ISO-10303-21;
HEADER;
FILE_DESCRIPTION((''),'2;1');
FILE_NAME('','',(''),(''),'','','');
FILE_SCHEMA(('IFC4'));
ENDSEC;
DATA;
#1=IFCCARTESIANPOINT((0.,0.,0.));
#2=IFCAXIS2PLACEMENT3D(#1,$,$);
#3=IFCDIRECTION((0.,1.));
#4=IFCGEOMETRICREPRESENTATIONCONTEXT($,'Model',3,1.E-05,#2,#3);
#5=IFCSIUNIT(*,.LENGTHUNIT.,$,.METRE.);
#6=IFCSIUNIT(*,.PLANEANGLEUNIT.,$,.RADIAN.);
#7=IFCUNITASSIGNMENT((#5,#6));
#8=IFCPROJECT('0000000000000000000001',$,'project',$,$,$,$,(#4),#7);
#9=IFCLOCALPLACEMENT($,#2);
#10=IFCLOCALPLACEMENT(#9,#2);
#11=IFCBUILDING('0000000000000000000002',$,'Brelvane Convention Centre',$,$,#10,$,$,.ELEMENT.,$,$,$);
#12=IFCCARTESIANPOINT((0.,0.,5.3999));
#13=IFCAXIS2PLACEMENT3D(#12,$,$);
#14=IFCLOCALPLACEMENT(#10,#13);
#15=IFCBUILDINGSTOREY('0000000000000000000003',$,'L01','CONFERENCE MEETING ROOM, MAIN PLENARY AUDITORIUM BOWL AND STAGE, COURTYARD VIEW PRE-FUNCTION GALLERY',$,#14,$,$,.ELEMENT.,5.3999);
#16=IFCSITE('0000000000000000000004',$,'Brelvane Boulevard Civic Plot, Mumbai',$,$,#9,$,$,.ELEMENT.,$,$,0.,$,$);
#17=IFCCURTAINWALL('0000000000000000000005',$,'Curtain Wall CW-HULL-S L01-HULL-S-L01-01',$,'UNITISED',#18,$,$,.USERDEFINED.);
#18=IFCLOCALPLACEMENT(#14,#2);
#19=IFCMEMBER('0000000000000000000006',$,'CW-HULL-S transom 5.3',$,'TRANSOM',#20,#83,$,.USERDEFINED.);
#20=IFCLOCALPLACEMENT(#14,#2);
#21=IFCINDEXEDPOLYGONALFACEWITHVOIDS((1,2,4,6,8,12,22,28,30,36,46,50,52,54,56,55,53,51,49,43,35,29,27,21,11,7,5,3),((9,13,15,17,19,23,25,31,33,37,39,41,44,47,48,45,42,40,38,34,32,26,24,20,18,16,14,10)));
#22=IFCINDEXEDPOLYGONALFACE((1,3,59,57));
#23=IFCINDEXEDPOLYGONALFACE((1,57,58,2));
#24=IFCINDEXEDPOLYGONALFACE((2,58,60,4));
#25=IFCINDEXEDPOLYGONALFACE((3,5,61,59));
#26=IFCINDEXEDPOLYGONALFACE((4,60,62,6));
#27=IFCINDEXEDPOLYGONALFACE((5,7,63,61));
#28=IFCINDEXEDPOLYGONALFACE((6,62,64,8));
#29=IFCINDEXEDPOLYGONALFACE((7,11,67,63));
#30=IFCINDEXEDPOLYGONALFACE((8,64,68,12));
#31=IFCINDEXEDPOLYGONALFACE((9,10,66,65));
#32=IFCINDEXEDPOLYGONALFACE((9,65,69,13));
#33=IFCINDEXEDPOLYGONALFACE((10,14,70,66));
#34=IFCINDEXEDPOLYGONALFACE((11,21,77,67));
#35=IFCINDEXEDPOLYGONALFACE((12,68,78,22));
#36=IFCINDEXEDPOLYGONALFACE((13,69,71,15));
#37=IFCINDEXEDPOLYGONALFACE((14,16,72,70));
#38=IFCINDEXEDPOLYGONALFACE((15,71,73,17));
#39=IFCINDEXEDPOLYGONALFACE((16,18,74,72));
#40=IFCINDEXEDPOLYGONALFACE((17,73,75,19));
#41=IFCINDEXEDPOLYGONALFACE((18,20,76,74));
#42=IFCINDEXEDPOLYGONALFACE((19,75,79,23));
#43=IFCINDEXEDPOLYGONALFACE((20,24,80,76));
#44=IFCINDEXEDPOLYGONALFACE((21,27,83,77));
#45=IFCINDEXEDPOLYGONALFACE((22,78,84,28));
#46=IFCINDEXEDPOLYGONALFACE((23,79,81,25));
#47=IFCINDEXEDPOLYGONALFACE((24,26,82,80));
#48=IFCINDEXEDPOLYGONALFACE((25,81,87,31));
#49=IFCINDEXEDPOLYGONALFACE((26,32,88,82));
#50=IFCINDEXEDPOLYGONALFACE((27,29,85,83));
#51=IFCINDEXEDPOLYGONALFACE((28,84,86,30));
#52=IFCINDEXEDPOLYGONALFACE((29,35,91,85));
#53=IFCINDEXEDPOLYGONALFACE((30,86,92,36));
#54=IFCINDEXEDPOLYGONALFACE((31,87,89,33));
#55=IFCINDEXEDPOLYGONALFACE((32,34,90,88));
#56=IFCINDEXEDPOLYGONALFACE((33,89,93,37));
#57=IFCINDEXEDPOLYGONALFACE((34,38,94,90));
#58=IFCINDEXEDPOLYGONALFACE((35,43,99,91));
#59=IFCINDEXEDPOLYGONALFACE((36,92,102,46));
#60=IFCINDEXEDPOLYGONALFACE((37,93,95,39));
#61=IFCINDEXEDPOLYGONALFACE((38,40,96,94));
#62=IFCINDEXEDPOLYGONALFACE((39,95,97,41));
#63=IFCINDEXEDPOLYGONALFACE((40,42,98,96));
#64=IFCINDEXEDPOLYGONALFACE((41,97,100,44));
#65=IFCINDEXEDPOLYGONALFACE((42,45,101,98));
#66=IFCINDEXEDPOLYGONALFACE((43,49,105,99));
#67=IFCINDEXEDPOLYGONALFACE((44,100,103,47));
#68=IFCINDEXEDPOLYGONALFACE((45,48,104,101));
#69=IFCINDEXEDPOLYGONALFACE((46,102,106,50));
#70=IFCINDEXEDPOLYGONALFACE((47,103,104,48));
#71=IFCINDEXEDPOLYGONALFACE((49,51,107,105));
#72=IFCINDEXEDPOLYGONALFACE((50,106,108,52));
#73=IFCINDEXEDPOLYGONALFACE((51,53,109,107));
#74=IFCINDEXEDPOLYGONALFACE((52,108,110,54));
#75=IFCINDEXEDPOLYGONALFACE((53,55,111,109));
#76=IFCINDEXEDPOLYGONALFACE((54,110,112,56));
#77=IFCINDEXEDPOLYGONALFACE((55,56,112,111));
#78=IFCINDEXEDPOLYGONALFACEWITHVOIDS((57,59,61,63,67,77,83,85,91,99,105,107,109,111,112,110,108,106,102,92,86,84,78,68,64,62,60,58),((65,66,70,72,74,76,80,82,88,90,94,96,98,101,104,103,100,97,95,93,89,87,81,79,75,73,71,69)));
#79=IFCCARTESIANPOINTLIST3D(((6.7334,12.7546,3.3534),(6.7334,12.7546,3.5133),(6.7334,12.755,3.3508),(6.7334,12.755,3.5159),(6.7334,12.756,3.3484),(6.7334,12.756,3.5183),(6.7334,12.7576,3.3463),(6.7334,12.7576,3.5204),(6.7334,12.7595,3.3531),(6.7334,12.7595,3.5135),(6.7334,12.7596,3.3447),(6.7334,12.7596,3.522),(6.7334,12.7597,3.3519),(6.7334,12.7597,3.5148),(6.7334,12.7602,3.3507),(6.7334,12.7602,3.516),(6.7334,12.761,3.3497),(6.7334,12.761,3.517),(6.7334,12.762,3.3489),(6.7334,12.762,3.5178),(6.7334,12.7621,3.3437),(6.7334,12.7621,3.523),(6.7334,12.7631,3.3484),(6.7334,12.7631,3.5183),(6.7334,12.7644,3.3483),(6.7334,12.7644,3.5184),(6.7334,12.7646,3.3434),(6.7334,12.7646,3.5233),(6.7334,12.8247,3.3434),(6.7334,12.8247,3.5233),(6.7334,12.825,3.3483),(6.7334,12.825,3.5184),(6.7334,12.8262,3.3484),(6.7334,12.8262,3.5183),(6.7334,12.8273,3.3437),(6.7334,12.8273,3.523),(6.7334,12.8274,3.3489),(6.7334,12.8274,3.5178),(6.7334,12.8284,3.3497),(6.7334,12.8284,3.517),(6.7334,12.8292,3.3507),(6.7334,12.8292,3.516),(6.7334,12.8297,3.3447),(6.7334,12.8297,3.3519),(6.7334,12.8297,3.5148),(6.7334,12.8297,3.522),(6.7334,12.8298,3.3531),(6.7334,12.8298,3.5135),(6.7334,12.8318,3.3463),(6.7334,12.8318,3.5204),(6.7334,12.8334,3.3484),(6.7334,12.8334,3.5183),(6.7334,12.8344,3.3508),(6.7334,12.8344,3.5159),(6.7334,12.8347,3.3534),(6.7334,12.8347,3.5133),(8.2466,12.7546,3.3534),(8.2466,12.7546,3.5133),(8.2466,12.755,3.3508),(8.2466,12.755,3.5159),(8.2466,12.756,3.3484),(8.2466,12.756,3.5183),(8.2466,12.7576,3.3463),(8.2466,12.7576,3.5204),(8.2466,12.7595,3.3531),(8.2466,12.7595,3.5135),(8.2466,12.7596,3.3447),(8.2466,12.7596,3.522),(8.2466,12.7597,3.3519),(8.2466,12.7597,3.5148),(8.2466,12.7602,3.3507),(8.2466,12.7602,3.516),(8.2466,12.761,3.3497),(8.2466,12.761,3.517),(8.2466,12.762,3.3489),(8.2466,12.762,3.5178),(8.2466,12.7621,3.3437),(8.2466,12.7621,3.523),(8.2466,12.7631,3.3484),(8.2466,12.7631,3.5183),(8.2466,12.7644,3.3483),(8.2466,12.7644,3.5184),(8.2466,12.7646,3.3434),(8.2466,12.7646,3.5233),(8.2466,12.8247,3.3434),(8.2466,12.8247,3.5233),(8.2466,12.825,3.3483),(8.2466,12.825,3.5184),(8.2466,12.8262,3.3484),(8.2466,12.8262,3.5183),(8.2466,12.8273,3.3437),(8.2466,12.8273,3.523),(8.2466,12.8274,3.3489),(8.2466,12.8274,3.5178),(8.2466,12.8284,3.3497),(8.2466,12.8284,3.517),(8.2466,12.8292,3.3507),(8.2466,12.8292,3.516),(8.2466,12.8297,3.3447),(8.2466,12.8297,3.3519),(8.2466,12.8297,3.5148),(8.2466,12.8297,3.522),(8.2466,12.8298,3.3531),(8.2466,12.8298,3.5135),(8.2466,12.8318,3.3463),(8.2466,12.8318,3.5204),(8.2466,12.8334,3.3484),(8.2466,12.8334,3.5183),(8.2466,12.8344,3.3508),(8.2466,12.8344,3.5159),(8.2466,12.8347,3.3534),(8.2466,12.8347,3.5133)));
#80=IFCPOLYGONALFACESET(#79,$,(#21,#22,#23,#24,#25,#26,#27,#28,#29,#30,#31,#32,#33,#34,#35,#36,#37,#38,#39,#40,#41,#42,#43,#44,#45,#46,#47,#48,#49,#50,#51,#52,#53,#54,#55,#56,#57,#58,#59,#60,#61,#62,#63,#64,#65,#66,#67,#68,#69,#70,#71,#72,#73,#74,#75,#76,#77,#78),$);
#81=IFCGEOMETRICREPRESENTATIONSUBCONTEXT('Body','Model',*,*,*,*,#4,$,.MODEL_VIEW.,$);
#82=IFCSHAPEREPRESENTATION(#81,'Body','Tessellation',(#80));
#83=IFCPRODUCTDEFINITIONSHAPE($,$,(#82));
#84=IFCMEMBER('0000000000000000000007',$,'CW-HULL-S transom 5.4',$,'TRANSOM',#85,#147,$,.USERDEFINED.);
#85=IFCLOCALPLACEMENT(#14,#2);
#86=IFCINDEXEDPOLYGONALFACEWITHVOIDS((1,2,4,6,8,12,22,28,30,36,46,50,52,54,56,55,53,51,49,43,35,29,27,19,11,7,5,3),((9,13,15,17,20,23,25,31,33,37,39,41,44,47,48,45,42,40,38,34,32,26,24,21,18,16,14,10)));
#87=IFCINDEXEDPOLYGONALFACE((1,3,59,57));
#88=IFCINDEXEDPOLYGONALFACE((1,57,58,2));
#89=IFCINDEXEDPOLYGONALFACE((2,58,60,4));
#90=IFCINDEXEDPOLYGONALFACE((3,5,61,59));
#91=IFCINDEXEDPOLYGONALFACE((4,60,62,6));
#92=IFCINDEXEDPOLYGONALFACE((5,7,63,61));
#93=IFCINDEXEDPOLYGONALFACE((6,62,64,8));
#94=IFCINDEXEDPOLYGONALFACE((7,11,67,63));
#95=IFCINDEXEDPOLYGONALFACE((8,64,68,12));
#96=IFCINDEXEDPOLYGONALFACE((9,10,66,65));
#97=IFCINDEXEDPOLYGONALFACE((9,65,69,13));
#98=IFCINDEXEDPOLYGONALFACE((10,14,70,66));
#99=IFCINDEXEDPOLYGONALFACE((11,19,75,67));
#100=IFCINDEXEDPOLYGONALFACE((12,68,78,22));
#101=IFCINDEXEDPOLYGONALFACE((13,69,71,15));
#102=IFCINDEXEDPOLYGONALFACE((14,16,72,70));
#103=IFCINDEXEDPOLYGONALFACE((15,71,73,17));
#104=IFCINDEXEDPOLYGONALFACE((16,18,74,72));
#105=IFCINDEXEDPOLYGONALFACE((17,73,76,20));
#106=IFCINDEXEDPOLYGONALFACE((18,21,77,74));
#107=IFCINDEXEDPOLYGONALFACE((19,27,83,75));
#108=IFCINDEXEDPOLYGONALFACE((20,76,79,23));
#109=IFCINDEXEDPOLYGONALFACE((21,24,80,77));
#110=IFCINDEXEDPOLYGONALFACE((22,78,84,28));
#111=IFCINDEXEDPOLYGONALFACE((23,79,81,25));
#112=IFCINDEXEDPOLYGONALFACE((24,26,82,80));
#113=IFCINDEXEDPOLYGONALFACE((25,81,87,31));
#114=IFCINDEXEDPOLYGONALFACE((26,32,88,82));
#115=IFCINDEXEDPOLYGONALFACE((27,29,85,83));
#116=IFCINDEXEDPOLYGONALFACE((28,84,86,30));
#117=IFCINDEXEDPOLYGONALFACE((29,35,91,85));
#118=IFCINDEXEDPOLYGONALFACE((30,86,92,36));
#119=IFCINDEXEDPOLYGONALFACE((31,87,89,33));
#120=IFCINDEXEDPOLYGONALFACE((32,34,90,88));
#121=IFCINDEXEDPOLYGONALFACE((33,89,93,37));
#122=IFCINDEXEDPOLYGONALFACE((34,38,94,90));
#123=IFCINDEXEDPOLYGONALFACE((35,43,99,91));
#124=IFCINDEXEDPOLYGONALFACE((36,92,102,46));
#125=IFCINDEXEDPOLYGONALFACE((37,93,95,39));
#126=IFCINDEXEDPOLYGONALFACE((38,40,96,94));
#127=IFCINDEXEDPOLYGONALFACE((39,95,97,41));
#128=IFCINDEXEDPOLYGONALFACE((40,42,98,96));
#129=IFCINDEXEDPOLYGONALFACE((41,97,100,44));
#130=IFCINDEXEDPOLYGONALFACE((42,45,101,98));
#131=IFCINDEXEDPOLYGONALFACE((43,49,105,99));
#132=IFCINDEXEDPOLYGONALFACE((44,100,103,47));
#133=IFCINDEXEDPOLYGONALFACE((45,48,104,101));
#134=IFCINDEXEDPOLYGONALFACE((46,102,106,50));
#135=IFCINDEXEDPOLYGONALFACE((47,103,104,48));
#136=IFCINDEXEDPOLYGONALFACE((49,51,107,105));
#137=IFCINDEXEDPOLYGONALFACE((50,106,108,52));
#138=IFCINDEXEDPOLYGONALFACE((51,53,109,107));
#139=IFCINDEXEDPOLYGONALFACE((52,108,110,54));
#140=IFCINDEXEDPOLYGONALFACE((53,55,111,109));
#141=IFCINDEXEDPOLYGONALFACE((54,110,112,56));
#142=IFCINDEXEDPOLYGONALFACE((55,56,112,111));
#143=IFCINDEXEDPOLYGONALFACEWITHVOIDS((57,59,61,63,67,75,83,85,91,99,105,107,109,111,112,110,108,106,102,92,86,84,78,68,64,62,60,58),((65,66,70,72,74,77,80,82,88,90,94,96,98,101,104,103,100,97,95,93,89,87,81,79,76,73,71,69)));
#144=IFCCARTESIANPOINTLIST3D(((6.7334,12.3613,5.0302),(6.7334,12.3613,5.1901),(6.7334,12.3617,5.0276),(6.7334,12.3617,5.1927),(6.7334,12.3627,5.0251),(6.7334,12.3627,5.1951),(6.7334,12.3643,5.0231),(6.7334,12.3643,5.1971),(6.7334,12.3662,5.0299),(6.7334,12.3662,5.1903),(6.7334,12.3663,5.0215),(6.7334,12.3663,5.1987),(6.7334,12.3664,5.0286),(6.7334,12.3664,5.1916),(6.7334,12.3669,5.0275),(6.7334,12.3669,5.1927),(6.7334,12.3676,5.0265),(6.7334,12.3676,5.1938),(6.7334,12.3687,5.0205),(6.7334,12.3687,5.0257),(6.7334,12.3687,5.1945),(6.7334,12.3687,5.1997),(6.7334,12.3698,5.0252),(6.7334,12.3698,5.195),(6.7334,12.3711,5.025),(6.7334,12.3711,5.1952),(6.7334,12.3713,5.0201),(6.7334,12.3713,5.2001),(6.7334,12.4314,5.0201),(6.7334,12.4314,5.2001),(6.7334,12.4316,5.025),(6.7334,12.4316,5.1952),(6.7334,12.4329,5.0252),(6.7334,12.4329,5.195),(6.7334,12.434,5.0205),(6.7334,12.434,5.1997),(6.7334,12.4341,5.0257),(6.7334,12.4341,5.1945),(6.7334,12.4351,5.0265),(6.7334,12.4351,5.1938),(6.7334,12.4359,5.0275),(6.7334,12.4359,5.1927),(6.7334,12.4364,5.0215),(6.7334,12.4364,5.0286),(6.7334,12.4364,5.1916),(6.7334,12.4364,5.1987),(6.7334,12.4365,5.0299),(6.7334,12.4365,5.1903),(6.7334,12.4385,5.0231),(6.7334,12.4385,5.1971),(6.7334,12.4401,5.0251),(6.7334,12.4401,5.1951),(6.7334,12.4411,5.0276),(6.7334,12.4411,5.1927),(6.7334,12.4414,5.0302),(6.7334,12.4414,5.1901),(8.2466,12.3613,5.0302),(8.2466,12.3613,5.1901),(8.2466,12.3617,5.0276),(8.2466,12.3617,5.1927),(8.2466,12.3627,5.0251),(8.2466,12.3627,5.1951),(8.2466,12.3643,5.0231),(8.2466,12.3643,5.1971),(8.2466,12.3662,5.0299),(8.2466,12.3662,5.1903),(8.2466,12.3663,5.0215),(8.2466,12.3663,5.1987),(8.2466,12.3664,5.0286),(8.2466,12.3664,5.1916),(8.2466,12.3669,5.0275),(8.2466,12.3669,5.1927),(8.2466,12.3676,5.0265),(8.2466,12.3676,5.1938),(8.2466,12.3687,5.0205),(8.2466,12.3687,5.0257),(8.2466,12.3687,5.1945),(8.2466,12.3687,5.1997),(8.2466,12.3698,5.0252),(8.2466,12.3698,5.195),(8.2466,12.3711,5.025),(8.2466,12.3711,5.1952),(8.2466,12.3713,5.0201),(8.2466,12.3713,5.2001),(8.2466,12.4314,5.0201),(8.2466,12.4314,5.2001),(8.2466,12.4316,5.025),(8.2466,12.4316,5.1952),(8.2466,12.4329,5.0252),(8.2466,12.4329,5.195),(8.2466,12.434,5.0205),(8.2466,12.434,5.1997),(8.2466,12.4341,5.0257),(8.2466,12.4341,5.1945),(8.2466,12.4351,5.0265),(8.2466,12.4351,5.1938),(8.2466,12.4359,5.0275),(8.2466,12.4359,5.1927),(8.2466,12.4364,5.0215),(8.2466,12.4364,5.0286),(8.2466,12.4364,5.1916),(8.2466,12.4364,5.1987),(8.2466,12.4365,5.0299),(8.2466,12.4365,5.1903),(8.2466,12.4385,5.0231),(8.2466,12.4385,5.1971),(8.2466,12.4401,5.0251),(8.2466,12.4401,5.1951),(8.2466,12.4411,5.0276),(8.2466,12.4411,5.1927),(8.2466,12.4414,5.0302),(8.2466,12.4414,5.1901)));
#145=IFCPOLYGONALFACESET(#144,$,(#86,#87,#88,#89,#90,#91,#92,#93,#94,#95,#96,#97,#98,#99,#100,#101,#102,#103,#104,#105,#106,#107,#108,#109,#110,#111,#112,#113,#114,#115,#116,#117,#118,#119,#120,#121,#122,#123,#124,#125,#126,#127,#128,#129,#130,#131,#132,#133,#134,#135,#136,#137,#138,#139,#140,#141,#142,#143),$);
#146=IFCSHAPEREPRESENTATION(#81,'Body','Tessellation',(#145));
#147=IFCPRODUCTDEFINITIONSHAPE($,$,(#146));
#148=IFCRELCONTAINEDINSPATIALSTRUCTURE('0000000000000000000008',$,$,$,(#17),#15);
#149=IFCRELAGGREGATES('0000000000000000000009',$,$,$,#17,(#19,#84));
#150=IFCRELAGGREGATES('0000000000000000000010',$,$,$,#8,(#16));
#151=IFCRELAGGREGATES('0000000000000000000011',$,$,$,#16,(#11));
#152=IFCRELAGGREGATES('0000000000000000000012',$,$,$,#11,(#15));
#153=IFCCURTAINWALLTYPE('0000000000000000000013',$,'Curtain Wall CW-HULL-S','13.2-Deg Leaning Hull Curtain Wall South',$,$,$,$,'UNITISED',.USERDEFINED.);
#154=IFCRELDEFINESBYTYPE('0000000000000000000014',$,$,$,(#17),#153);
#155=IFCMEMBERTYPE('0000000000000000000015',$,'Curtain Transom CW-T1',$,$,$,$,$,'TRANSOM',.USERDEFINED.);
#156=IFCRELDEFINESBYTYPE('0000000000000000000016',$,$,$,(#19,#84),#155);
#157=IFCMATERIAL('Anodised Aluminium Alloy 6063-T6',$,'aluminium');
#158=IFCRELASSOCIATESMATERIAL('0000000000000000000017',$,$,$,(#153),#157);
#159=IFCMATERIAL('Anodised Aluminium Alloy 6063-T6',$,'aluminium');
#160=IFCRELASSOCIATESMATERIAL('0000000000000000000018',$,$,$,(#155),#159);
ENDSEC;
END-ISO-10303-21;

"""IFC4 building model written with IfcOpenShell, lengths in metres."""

from ifc_helpers import new_model, si_unit, direction, frame, origin, origin_2d, place, context, subcontext, project, spatial, hollow_rectangle, extrude, material, material_profile, profile_set, type_object, element, aggregate, save


model = new_model("IFC4")

# Units and contexts
model_context = context("Model", 3, precision=1e-05, world=origin(), true_north=direction((0.0, 1.0)))
body_context = subcontext(model_context, "Body", "Model", "MODEL_VIEW")
ifc_project = project(units=[si_unit("LENGTHUNIT", "METRE"), si_unit("PLANEANGLEUNIT", "RADIAN")], contexts=[model_context])

# Site, building, storey
site_placement = place(None, origin())
site = spatial("IfcSite", under=ifc_project, at=site_placement, Name="Brelvane Boulevard Civic Plot, Mumbai", CompositionType="ELEMENT", RefElevation=0.0)
building_placement = place(site_placement, origin())
building = spatial("IfcBuilding", under=site, at=building_placement, Name="Brelvane Convention Centre", CompositionType="ELEMENT")
storey_placement = place(building_placement, frame((0.0, 0.0, 5.3999)))
storey = spatial("IfcBuildingStorey", under=building, at=storey_placement, Name="L01", Description="CONFERENCE MEETING ROOM, MAIN PLENARY AUDITORIUM BOWL AND STAGE, COURTYARD VIEW PRE-FUNCTION GALLERY", CompositionType="ELEMENT", Elevation=5.3999)

# Curtain wall, members
ifc_material_1 = material(Name="Anodised Aluminium Alloy 6063-T6", Category="aluminium")
curtain_wall_type = type_object("IfcCurtainWallType", Name="Curtain Wall CW-HULL-S", Description="13.2-Deg Leaning Hull Curtain Wall South", ElementType="UNITISED", PredefinedType="USERDEFINED", material=ifc_material_1)
curtain_wall_1_placement = place(storey_placement, origin())
curtain_wall_1 = element("IfcCurtainWall", 1, at=curtain_wall_1_placement, inside=storey, type_object=curtain_wall_type, Name="Curtain Wall CW-HULL-S L01-HULL-S-L01-01", ObjectType="UNITISED", PredefinedType="USERDEFINED")
ifc_material_2 = material(Name="Anodised Aluminium Alloy 6063-T6", Category="aluminium")
ifc_material_profile = material_profile(ifc_material_2, hollow_rectangle(XDim=0.0801, YDim=0.1799, WallThickness=0.0049, InnerFilletRadius=0.0049, OuterFilletRadius=0.01, at=origin_2d()), Name="ALU-T 180x80x5.0")
ifc_profile_set = profile_set([ifc_material_profile], Name="Anodised Aluminium Alloy 6063-T6")
member_type = type_object("IfcMemberType", Name="Curtain Transom CW-T1", ElementType="TRANSOM", PredefinedType="USERDEFINED", material=ifc_profile_set)
member_1_placement = place(storey_placement, frame((6.7334, 12.7947, 3.4333), z_axis=(1.0, 0.0, 0.0), x_axis=(0.0, 1.0, 0.0)))
member_1 = element("IfcMember", 2, at=member_1_placement, type_object=member_type, Name="CW-HULL-S transom 5.3", ObjectType="TRANSOM", PredefinedType="USERDEFINED", context=body_context, shape_type="SweptSolid", body=[
    extrude(hollow_rectangle(XDim=0.0801, YDim=0.1799, WallThickness=0.0049, InnerFilletRadius=0.0049, OuterFilletRadius=0.01, at=origin_2d()), origin(), (0.0, 0.0, 1.0), 1.5132),
])
member_2_placement = place(storey_placement, frame((6.7334, 12.4014, 5.1101), z_axis=(1.0, 0.0, 0.0), x_axis=(0.0, 1.0, 0.0)))
member_2 = element("IfcMember", 3, at=member_2_placement, type_object=member_type, Name="CW-HULL-S transom 5.4", ObjectType="TRANSOM", PredefinedType="USERDEFINED", context=body_context, shape_type="SweptSolid", body=[
    extrude(hollow_rectangle(XDim=0.0801, YDim=0.1799, WallThickness=0.0049, InnerFilletRadius=0.0049, OuterFilletRadius=0.01, at=origin_2d()), origin(), (0.0, 0.0, 1.0), 1.5132),
])

aggregate(curtain_wall_1, [member_1, member_2])

save(model, "model.ifc")
